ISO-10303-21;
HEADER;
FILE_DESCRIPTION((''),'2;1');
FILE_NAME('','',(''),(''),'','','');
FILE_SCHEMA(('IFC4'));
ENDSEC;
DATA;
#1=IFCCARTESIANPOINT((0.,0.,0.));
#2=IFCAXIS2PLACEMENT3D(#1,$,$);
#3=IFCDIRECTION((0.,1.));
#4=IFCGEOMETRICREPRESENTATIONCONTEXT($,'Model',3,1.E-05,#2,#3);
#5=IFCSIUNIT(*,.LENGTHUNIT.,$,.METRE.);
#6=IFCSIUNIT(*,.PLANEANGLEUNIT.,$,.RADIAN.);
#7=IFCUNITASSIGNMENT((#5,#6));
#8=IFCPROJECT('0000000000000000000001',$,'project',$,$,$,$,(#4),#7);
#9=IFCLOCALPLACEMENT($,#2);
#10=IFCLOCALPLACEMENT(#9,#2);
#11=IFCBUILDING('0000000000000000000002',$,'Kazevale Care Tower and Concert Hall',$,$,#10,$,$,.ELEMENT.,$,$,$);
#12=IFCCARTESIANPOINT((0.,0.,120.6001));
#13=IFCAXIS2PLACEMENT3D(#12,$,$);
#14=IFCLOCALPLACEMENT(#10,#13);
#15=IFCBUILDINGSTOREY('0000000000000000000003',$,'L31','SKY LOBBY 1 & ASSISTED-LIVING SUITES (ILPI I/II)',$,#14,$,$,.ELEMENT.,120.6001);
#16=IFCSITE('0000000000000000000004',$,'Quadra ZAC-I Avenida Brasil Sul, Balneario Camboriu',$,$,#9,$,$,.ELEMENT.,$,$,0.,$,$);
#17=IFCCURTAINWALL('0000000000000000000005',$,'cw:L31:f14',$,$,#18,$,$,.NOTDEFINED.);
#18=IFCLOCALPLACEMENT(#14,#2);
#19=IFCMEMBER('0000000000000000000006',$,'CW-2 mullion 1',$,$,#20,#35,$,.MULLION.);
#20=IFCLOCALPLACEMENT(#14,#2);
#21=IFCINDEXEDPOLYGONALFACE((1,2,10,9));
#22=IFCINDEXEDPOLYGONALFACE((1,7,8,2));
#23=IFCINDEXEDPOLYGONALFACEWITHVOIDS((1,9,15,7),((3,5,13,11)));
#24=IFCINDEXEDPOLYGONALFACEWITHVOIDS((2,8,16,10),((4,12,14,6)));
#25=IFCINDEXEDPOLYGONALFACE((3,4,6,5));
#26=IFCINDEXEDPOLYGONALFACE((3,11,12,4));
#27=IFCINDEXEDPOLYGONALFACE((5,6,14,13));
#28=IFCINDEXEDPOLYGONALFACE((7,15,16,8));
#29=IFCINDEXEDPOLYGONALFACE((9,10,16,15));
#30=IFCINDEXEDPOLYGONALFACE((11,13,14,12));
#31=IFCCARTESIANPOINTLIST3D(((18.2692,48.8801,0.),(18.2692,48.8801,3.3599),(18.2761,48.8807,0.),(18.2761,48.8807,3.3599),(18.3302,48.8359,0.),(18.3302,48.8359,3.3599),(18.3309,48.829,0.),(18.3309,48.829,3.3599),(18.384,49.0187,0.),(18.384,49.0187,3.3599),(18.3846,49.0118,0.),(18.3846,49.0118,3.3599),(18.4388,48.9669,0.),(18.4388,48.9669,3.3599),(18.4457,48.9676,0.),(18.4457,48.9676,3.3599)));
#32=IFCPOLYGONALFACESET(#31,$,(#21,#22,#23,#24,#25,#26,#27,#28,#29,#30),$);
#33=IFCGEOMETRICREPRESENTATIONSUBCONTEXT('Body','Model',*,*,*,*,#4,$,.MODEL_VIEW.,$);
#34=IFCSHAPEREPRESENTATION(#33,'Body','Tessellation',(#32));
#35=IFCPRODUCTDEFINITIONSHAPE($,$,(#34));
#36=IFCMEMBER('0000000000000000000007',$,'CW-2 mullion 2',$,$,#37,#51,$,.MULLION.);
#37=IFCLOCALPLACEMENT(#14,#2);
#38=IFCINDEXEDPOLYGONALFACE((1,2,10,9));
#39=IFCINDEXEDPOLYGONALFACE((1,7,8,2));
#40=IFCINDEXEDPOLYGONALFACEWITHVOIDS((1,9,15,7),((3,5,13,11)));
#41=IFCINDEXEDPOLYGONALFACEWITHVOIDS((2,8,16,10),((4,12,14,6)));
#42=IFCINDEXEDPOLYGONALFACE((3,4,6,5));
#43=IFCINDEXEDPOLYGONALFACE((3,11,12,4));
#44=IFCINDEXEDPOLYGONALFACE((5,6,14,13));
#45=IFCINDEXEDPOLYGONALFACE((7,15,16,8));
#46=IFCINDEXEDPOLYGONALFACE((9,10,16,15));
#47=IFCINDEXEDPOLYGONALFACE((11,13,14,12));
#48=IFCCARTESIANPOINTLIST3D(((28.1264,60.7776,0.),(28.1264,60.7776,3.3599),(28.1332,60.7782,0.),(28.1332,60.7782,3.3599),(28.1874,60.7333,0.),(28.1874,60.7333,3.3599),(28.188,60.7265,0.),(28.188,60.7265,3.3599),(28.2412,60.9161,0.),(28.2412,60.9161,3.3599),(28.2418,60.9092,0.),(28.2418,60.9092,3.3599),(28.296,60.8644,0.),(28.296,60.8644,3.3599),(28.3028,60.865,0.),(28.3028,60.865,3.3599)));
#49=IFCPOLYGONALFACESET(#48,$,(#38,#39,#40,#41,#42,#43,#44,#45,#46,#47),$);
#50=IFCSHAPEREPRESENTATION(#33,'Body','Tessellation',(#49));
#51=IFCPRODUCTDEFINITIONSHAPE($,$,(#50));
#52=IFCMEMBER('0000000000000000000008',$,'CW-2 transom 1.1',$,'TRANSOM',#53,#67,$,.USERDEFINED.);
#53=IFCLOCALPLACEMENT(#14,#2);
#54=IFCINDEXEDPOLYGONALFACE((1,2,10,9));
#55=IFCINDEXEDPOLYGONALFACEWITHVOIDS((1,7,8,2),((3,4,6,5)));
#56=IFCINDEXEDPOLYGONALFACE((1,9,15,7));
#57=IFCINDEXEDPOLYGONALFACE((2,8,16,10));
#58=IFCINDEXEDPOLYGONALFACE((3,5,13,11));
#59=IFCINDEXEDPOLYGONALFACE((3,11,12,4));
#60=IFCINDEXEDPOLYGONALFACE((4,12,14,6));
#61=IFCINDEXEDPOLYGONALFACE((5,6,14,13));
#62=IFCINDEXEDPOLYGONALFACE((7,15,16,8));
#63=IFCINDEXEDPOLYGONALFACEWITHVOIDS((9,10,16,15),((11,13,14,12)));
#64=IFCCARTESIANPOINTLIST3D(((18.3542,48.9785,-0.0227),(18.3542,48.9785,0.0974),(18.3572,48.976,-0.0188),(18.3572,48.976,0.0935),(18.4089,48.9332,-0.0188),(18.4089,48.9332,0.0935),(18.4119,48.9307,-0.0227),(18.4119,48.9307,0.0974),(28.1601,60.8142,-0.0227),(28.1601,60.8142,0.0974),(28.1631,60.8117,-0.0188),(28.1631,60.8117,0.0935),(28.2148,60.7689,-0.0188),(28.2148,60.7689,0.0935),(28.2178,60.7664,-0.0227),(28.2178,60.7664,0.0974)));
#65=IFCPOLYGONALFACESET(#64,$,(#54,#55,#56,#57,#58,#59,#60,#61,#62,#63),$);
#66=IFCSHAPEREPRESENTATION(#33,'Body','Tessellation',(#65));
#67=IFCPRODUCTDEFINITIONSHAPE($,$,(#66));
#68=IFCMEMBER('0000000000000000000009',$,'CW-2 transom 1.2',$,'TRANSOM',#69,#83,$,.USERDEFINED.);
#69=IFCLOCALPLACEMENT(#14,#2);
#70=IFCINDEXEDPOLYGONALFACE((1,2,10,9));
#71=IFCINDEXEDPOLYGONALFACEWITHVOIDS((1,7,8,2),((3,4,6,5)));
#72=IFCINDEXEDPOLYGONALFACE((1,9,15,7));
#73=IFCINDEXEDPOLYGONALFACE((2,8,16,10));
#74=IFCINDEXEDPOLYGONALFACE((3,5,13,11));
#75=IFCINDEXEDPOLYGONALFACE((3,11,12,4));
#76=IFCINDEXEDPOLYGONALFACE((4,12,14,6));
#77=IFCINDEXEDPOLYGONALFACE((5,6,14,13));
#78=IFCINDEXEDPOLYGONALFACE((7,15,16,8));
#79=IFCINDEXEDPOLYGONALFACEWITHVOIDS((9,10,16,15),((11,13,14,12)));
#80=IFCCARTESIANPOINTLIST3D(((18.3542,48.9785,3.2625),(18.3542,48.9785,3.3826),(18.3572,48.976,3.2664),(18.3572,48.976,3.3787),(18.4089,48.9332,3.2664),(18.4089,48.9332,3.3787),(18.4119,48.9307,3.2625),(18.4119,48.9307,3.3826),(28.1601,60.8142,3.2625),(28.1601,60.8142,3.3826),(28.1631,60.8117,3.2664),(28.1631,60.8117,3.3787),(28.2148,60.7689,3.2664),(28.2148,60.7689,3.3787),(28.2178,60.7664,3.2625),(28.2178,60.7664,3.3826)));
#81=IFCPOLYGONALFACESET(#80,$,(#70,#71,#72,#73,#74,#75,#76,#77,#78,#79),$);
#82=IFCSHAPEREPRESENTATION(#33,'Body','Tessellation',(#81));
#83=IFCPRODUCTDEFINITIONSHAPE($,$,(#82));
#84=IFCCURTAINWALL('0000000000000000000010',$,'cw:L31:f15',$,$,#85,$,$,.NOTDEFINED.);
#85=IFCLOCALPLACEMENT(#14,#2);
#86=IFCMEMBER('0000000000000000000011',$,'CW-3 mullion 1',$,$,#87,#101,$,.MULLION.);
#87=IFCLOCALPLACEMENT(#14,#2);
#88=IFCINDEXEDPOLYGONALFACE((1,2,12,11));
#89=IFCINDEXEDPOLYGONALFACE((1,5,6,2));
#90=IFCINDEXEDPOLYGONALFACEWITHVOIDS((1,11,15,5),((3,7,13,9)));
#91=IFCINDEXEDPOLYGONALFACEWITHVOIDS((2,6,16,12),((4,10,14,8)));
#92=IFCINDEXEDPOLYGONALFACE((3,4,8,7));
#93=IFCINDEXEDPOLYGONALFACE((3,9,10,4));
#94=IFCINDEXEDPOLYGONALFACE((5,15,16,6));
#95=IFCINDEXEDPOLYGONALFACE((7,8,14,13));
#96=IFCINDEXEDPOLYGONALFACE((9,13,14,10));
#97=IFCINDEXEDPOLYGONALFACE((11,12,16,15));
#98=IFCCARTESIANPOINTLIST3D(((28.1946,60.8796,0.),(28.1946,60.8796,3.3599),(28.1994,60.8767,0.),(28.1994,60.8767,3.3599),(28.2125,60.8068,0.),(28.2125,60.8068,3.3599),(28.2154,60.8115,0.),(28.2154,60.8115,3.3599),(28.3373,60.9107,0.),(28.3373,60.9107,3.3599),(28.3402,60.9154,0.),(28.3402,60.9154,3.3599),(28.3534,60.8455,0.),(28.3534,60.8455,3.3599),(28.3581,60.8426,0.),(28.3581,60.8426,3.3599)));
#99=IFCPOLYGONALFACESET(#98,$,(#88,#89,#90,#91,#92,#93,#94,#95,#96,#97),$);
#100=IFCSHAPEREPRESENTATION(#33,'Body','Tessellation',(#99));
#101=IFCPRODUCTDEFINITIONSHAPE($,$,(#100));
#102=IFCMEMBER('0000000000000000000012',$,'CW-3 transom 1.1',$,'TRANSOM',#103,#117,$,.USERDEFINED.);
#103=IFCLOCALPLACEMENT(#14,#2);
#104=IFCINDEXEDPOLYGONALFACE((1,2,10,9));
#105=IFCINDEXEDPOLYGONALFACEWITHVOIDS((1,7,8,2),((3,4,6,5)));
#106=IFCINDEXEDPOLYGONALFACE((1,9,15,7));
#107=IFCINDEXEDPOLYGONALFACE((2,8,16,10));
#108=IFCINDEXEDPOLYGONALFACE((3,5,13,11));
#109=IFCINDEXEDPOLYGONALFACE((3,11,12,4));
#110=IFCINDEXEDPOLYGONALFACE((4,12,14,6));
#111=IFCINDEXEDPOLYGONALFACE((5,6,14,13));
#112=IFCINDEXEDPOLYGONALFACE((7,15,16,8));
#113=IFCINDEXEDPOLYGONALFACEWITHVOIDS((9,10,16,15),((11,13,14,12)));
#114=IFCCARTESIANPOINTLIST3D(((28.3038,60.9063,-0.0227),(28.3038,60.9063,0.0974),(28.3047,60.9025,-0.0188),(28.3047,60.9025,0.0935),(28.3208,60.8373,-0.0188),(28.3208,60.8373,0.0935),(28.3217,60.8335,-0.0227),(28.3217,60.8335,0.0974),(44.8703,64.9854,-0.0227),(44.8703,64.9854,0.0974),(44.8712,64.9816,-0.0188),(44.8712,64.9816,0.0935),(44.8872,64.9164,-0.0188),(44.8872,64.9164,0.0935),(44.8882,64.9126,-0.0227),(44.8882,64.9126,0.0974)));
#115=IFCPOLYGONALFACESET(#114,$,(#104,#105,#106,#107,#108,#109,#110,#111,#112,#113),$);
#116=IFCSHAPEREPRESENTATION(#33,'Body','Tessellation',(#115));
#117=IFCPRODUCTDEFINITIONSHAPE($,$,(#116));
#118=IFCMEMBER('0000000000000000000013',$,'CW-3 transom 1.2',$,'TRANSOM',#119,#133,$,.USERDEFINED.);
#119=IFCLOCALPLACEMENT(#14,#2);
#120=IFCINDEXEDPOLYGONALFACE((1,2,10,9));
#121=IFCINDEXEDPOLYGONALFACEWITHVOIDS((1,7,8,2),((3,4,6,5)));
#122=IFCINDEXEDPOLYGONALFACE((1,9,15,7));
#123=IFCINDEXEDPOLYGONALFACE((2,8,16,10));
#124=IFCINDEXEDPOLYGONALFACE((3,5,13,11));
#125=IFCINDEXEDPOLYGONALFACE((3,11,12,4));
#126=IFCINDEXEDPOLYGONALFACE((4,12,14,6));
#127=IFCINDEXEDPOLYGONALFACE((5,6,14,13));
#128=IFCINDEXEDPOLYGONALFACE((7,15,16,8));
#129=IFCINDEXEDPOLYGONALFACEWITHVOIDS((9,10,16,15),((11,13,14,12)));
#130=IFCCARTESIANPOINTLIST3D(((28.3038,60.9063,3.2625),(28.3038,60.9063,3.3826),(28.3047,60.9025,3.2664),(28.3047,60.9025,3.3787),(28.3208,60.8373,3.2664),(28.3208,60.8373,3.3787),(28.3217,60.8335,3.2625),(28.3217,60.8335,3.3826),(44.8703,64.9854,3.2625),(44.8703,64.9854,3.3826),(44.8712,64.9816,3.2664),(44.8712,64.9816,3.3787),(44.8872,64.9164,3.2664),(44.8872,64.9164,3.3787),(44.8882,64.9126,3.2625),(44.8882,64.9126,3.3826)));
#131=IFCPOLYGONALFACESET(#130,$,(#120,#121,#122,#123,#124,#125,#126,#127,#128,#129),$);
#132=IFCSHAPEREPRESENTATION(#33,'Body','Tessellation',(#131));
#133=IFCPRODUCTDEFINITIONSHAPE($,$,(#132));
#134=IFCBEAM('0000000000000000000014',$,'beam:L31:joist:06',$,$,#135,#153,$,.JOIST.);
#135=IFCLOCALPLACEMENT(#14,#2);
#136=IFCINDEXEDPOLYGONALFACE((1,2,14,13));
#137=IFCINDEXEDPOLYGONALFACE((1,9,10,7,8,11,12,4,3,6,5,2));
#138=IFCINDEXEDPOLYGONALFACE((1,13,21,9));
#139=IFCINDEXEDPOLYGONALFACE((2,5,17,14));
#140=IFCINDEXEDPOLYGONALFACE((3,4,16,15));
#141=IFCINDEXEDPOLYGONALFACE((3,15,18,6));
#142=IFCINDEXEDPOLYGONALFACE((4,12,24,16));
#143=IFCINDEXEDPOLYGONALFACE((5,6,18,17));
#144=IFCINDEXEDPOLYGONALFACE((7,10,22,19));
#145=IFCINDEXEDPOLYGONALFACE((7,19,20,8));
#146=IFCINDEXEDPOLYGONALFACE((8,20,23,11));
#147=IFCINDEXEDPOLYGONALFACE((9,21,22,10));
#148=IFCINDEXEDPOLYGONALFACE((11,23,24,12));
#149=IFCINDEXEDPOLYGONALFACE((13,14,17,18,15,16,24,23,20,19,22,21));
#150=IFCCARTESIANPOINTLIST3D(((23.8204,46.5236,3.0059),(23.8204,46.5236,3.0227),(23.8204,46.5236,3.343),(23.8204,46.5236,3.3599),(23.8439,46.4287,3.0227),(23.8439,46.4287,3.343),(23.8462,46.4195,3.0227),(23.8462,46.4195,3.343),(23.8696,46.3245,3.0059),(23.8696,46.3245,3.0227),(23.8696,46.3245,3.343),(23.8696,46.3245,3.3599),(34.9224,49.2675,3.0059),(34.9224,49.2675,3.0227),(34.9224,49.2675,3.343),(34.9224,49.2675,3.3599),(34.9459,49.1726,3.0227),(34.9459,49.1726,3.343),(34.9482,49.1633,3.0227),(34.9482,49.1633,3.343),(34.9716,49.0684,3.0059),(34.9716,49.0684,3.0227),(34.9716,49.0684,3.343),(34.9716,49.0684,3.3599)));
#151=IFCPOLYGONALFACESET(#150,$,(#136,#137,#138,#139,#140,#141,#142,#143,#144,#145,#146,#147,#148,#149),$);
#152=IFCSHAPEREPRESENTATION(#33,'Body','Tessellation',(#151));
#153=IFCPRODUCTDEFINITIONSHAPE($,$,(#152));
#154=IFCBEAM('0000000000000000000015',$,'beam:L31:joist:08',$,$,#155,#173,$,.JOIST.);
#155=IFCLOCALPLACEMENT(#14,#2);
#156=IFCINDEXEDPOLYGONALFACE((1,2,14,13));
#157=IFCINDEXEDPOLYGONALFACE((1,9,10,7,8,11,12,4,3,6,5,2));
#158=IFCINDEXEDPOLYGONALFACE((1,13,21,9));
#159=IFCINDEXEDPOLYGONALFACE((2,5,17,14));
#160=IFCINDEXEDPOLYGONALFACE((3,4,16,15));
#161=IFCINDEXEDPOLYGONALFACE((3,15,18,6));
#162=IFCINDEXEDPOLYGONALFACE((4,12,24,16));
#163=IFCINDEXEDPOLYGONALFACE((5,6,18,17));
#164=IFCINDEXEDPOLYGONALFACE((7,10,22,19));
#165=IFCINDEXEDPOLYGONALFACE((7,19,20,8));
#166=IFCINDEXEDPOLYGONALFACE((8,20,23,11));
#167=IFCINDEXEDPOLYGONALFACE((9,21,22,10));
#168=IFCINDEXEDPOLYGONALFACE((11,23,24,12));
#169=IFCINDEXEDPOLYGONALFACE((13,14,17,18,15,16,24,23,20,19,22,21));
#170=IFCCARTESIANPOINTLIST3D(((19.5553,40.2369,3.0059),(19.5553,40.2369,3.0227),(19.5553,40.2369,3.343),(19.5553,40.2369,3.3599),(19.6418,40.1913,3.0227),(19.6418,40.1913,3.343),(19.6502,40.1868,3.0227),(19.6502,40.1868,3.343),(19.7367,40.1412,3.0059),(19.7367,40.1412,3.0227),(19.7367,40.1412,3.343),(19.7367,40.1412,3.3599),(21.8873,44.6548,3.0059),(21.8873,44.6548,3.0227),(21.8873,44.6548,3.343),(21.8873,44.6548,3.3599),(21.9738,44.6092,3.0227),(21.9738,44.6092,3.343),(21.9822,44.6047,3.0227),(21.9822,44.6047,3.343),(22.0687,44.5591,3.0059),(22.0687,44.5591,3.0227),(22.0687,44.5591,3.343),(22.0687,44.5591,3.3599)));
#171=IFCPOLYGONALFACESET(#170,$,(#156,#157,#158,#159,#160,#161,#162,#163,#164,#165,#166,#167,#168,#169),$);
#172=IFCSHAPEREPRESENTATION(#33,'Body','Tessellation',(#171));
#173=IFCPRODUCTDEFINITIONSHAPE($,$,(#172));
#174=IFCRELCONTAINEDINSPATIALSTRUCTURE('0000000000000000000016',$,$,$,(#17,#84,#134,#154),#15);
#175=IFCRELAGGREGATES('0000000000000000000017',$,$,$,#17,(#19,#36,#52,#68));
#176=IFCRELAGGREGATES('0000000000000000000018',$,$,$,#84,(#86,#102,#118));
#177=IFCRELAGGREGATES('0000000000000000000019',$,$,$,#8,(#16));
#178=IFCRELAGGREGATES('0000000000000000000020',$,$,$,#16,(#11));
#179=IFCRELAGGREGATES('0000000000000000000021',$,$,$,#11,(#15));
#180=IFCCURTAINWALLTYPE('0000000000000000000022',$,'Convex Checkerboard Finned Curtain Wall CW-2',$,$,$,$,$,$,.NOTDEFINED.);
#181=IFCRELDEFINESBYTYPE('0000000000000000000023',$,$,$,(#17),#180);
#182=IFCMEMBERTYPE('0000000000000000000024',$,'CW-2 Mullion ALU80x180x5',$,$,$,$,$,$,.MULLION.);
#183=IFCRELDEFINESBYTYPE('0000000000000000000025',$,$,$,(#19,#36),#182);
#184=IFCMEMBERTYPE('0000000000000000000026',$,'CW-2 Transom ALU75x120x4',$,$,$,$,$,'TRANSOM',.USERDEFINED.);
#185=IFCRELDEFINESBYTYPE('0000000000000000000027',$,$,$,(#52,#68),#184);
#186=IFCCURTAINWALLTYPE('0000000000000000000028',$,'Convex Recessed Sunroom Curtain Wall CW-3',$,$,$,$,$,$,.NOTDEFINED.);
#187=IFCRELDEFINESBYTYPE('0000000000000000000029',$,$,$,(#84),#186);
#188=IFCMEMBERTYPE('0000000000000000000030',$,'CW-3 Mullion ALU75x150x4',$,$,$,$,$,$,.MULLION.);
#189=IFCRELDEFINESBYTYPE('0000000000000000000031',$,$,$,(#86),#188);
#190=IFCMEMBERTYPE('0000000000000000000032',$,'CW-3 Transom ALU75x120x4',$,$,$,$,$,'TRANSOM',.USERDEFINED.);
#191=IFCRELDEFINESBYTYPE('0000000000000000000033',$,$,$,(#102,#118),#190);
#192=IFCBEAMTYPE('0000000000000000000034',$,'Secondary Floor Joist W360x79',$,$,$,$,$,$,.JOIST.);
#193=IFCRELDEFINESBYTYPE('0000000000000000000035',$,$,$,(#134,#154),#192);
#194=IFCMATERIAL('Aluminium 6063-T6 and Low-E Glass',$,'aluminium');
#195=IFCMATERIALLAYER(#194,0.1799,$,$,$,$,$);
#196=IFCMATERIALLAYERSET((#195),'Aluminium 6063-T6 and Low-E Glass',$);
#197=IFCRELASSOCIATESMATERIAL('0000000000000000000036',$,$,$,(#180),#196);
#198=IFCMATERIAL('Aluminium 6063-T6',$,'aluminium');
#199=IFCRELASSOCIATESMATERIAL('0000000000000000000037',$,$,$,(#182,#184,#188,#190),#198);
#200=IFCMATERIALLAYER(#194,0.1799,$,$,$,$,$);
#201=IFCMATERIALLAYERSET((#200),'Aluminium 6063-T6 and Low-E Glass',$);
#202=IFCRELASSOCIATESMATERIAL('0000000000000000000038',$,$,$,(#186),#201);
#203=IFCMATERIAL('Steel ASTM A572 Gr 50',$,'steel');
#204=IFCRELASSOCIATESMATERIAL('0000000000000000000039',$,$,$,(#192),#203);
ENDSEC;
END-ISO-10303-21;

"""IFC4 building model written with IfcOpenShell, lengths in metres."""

from ifc_helpers import new_model, si_unit, direction, frame, origin, origin_2d, place, context, subcontext, project, spatial, hollow_rectangle, i_section, extrude, material, layer, layer_set, material_profile, profile_set, type_object, element, aggregate, save


model = new_model("IFC4")

# Units and contexts
model_context = context("Model", 3, precision=1e-05, world=origin(), true_north=direction((0.0, 1.0)))
body_context = subcontext(model_context, "Body", "Model", "MODEL_VIEW")
ifc_project = project(units=[si_unit("LENGTHUNIT", "METRE"), si_unit("PLANEANGLEUNIT", "RADIAN")], contexts=[model_context])

# Site, building, storey
site_placement = place(None, origin())
site = spatial("IfcSite", under=ifc_project, at=site_placement, Name="Quadra ZAC-I Avenida Brasil Sul, Balneario Camboriu", CompositionType="ELEMENT", RefElevation=0.0)
building_placement = place(site_placement, origin())
building = spatial("IfcBuilding", under=site, at=building_placement, Name="Kazevale Care Tower and Concert Hall", CompositionType="ELEMENT")
storey_placement = place(building_placement, frame((0.0, 0.0, 120.6001)))
storey = spatial("IfcBuildingStorey", under=building, at=storey_placement, Name="L31", Description="SKY LOBBY 1 & ASSISTED-LIVING SUITES (ILPI I/II)", CompositionType="ELEMENT", Elevation=120.6001)

# Curtain walls, members
ifc_material_1 = material(Name="Aluminium 6063-T6 and Low-E Glass", Category="aluminium")
ifc_layer_1 = layer(ifc_material_1, 0.1799)
ifc_layer_set_1 = layer_set([ifc_layer_1], Name="Aluminium 6063-T6 and Low-E Glass")
curtain_wall_type_1 = type_object("IfcCurtainWallType", Name="Convex Checkerboard Finned Curtain Wall CW-2", PredefinedType="NOTDEFINED", material=ifc_layer_set_1)
curtain_wall_1_placement = place(storey_placement, origin())
curtain_wall_1 = element("IfcCurtainWall", 1, at=curtain_wall_1_placement, inside=storey, type_object=curtain_wall_type_1, Name="cw:L31:f14", PredefinedType="NOTDEFINED")
ifc_material_2 = material(Name="Aluminium 6063-T6", Category="aluminium")
ifc_material_profile_1 = material_profile(ifc_material_2, hollow_rectangle(XDim=0.0801, YDim=0.1799, WallThickness=0.0049, at=origin_2d()), Name="ALU80x180x5")
ifc_profile_set_1 = profile_set([ifc_material_profile_1], Name="Aluminium 6063-T6")
member_type_1 = type_object("IfcMemberType", Name="CW-2 Mullion ALU80x180x5", PredefinedType="MULLION", material=ifc_profile_set_1)
member_1_placement = place(storey_placement, frame((18.3574, 48.9238, 0.0), z_axis=(0.0, 0.0, 1.0), x_axis=(-0.77005, 0.637984, 0.0)))
member_1 = element("IfcMember", 2, at=member_1_placement, type_object=member_type_1, Name="CW-2 mullion 1", PredefinedType="MULLION", context=body_context, shape_type="SweptSolid", body=[
    extrude(hollow_rectangle(XDim=0.0801, YDim=0.1799, WallThickness=0.0049, at=origin_2d()), origin(), (0.0, 0.0, 1.0), 3.3599),
])
member_2_placement = place(storey_placement, frame((28.2146, 60.8213, 0.0), z_axis=(0.0, 0.0, 1.0), x_axis=(-0.77005, 0.637984, 0.0)))
member_2 = element("IfcMember", 3, at=member_2_placement, type_object=member_type_1, Name="CW-2 mullion 2", PredefinedType="MULLION", context=body_context, shape_type="SweptSolid", body=[
    extrude(hollow_rectangle(XDim=0.0801, YDim=0.1799, WallThickness=0.0049, at=origin_2d()), origin(), (0.0, 0.0, 1.0), 3.3599),
])
ifc_material_profile_2 = material_profile(ifc_material_2, hollow_rectangle(XDim=0.075, YDim=0.1201, WallThickness=0.0039, at=origin_2d()), Name="ALU75x120x4")
ifc_profile_set_2 = profile_set([ifc_material_profile_2], Name="Aluminium 6063-T6")
member_type_2 = type_object("IfcMemberType", Name="CW-2 Transom ALU75x120x4", ElementType="TRANSOM", PredefinedType="USERDEFINED", material=ifc_profile_set_2)
member_3_placement = place(storey_placement, frame((18.3831, 48.9546, 0.0374), z_axis=(0.637987, 0.770047, 0.0), x_axis=(-0.770047, 0.637987, 0.0)))
member_3 = element("IfcMember", 4, at=member_3_placement, type_object=member_type_2, Name="CW-2 transom 1.1", ObjectType="TRANSOM", PredefinedType="USERDEFINED", context=body_context, shape_type="SweptSolid", body=[
    extrude(hollow_rectangle(XDim=0.075, YDim=0.1201, WallThickness=0.0039, at=origin_2d()), origin(), (0.0, 0.0, 1.0), 15.3701),
])
member_4_placement = place(storey_placement, frame((18.3831, 48.9546, 3.3225), z_axis=(0.637987, 0.770047, 0.0), x_axis=(-0.770047, 0.637987, 0.0)))
member_4 = element("IfcMember", 5, at=member_4_placement, type_object=member_type_2, Name="CW-2 transom 1.2", ObjectType="TRANSOM", PredefinedType="USERDEFINED", context=body_context, shape_type="SweptSolid", body=[
    extrude(hollow_rectangle(XDim=0.075, YDim=0.1201, WallThickness=0.0039, at=origin_2d()), origin(), (0.0, 0.0, 1.0), 15.3701),
])
ifc_layer_2 = layer(ifc_material_1, 0.1799)
ifc_layer_set_2 = layer_set([ifc_layer_2], Name="Aluminium 6063-T6 and Low-E Glass")
curtain_wall_type_2 = type_object("IfcCurtainWallType", Name="Convex Recessed Sunroom Curtain Wall CW-3", PredefinedType="NOTDEFINED", material=ifc_layer_set_2)
curtain_wall_2_placement = place(storey_placement, origin())
curtain_wall_2 = element("IfcCurtainWall", 6, at=curtain_wall_2_placement, inside=storey, type_object=curtain_wall_type_2, Name="cw:L31:f15", PredefinedType="NOTDEFINED")
ifc_material_profile_3 = material_profile(ifc_material_2, hollow_rectangle(XDim=0.075, YDim=0.1499, WallThickness=0.0039, at=origin_2d()), Name="ALU75x150x4")
ifc_profile_set_3 = profile_set([ifc_material_profile_3], Name="Aluminium 6063-T6")
member_type_3 = type_object("IfcMemberType", Name="CW-3 Mullion ALU75x150x4", PredefinedType="MULLION", material=ifc_profile_set_3)
member_5_placement = place(storey_placement, frame((28.2764, 60.8611, 0.0), z_axis=(0.0, 0.0, 1.0), x_axis=(-0.239089, 0.970998, 0.0)))
member_5 = element("IfcMember", 7, at=member_5_placement, type_object=member_type_3, Name="CW-3 mullion 1", PredefinedType="MULLION", context=body_context, shape_type="SweptSolid", body=[
    extrude(hollow_rectangle(XDim=0.075, YDim=0.1499, WallThickness=0.0039, at=origin_2d()), origin(), (0.0, 0.0, 1.0), 3.3599),
])
ifc_material_profile_4 = material_profile(ifc_material_2, hollow_rectangle(XDim=0.075, YDim=0.1201, WallThickness=0.0039, at=origin_2d()), Name="ALU75x120x4")
ifc_profile_set_4 = profile_set([ifc_material_profile_4], Name="Aluminium 6063-T6")
member_type_4 = type_object("IfcMemberType", Name="CW-3 Transom ALU75x120x4", ElementType="TRANSOM", PredefinedType="USERDEFINED", material=ifc_profile_set_4)
member_6_placement = place(storey_placement, frame((28.3127, 60.8699, 0.0374), z_axis=(0.970998, 0.239086, 0.0), x_axis=(-0.239086, 0.970998, 0.0)))
member_6 = element("IfcMember", 8, at=member_6_placement, type_object=member_type_4, Name="CW-3 transom 1.1", ObjectType="TRANSOM", PredefinedType="USERDEFINED", context=body_context, shape_type="SweptSolid", body=[
    extrude(hollow_rectangle(XDim=0.075, YDim=0.1201, WallThickness=0.0039, at=origin_2d()), origin(), (0.0, 0.0, 1.0), 17.0613),
])
member_7_placement = place(storey_placement, frame((28.3127, 60.8699, 3.3225), z_axis=(0.970998, 0.239086, 0.0), x_axis=(-0.239086, 0.970998, 0.0)))
member_7 = element("IfcMember", 9, at=member_7_placement, type_object=member_type_4, Name="CW-3 transom 1.2", ObjectType="TRANSOM", PredefinedType="USERDEFINED", context=body_context, shape_type="SweptSolid", body=[
    extrude(hollow_rectangle(XDim=0.075, YDim=0.1201, WallThickness=0.0039, at=origin_2d()), origin(), (0.0, 0.0, 1.0), 17.0613),
])

# Beams
ifc_material_3 = material(Name="Steel ASTM A572 Gr 50", Category="steel")
ifc_material_profile_5 = material_profile(ifc_material_3, i_section(OverallWidth=0.2051, OverallDepth=0.354, WebThickness=0.0095, FlangeThickness=0.0168, at=origin_2d()), Name="W360x79")
ifc_profile_set_5 = profile_set([ifc_material_profile_5], Name="Steel ASTM A572 Gr 50")
beam_type_1 = type_object("IfcBeamType", Name="Secondary Floor Joist W360x79", PredefinedType="JOIST", material=ifc_profile_set_5)
beam_1_placement = place(storey_placement, frame((34.947, 49.168, 3.1829), z_axis=(-0.97079, -0.239933, 0.0), x_axis=(0.239933, -0.97079, 0.0)))
element("IfcBeam", 10, at=beam_1_placement, inside=storey, type_object=beam_type_1, Name="beam:L31:joist:06", PredefinedType="JOIST", context=body_context, shape_type="SweptSolid", body=[
    extrude(i_section(OverallWidth=0.2051, OverallDepth=0.354, WebThickness=0.0095, FlangeThickness=0.0168, at=origin_2d()), origin(), (0.0, 0.0, 1.0), 11.436),
])
beam_2_placement = place(storey_placement, frame((21.978, 44.6069, 3.1829), z_axis=(-0.46681, -0.884358, 0.0), x_axis=(0.884358, -0.46681, 0.0)))
element("IfcBeam", 11, at=beam_2_placement, inside=storey, type_object=beam_type_1, Name="beam:L31:joist:08", PredefinedType="JOIST", context=body_context, shape_type="SweptSolid", body=[
    extrude(i_section(OverallWidth=0.2051, OverallDepth=0.354, WebThickness=0.0095, FlangeThickness=0.0168, at=origin_2d()), origin(), (0.0, 0.0, 1.0), 4.9956),
])

aggregate(curtain_wall_1, [member_1, member_2, member_3, member_4])
aggregate(curtain_wall_2, [member_5, member_6, member_7])

save(model, "model.ifc")
